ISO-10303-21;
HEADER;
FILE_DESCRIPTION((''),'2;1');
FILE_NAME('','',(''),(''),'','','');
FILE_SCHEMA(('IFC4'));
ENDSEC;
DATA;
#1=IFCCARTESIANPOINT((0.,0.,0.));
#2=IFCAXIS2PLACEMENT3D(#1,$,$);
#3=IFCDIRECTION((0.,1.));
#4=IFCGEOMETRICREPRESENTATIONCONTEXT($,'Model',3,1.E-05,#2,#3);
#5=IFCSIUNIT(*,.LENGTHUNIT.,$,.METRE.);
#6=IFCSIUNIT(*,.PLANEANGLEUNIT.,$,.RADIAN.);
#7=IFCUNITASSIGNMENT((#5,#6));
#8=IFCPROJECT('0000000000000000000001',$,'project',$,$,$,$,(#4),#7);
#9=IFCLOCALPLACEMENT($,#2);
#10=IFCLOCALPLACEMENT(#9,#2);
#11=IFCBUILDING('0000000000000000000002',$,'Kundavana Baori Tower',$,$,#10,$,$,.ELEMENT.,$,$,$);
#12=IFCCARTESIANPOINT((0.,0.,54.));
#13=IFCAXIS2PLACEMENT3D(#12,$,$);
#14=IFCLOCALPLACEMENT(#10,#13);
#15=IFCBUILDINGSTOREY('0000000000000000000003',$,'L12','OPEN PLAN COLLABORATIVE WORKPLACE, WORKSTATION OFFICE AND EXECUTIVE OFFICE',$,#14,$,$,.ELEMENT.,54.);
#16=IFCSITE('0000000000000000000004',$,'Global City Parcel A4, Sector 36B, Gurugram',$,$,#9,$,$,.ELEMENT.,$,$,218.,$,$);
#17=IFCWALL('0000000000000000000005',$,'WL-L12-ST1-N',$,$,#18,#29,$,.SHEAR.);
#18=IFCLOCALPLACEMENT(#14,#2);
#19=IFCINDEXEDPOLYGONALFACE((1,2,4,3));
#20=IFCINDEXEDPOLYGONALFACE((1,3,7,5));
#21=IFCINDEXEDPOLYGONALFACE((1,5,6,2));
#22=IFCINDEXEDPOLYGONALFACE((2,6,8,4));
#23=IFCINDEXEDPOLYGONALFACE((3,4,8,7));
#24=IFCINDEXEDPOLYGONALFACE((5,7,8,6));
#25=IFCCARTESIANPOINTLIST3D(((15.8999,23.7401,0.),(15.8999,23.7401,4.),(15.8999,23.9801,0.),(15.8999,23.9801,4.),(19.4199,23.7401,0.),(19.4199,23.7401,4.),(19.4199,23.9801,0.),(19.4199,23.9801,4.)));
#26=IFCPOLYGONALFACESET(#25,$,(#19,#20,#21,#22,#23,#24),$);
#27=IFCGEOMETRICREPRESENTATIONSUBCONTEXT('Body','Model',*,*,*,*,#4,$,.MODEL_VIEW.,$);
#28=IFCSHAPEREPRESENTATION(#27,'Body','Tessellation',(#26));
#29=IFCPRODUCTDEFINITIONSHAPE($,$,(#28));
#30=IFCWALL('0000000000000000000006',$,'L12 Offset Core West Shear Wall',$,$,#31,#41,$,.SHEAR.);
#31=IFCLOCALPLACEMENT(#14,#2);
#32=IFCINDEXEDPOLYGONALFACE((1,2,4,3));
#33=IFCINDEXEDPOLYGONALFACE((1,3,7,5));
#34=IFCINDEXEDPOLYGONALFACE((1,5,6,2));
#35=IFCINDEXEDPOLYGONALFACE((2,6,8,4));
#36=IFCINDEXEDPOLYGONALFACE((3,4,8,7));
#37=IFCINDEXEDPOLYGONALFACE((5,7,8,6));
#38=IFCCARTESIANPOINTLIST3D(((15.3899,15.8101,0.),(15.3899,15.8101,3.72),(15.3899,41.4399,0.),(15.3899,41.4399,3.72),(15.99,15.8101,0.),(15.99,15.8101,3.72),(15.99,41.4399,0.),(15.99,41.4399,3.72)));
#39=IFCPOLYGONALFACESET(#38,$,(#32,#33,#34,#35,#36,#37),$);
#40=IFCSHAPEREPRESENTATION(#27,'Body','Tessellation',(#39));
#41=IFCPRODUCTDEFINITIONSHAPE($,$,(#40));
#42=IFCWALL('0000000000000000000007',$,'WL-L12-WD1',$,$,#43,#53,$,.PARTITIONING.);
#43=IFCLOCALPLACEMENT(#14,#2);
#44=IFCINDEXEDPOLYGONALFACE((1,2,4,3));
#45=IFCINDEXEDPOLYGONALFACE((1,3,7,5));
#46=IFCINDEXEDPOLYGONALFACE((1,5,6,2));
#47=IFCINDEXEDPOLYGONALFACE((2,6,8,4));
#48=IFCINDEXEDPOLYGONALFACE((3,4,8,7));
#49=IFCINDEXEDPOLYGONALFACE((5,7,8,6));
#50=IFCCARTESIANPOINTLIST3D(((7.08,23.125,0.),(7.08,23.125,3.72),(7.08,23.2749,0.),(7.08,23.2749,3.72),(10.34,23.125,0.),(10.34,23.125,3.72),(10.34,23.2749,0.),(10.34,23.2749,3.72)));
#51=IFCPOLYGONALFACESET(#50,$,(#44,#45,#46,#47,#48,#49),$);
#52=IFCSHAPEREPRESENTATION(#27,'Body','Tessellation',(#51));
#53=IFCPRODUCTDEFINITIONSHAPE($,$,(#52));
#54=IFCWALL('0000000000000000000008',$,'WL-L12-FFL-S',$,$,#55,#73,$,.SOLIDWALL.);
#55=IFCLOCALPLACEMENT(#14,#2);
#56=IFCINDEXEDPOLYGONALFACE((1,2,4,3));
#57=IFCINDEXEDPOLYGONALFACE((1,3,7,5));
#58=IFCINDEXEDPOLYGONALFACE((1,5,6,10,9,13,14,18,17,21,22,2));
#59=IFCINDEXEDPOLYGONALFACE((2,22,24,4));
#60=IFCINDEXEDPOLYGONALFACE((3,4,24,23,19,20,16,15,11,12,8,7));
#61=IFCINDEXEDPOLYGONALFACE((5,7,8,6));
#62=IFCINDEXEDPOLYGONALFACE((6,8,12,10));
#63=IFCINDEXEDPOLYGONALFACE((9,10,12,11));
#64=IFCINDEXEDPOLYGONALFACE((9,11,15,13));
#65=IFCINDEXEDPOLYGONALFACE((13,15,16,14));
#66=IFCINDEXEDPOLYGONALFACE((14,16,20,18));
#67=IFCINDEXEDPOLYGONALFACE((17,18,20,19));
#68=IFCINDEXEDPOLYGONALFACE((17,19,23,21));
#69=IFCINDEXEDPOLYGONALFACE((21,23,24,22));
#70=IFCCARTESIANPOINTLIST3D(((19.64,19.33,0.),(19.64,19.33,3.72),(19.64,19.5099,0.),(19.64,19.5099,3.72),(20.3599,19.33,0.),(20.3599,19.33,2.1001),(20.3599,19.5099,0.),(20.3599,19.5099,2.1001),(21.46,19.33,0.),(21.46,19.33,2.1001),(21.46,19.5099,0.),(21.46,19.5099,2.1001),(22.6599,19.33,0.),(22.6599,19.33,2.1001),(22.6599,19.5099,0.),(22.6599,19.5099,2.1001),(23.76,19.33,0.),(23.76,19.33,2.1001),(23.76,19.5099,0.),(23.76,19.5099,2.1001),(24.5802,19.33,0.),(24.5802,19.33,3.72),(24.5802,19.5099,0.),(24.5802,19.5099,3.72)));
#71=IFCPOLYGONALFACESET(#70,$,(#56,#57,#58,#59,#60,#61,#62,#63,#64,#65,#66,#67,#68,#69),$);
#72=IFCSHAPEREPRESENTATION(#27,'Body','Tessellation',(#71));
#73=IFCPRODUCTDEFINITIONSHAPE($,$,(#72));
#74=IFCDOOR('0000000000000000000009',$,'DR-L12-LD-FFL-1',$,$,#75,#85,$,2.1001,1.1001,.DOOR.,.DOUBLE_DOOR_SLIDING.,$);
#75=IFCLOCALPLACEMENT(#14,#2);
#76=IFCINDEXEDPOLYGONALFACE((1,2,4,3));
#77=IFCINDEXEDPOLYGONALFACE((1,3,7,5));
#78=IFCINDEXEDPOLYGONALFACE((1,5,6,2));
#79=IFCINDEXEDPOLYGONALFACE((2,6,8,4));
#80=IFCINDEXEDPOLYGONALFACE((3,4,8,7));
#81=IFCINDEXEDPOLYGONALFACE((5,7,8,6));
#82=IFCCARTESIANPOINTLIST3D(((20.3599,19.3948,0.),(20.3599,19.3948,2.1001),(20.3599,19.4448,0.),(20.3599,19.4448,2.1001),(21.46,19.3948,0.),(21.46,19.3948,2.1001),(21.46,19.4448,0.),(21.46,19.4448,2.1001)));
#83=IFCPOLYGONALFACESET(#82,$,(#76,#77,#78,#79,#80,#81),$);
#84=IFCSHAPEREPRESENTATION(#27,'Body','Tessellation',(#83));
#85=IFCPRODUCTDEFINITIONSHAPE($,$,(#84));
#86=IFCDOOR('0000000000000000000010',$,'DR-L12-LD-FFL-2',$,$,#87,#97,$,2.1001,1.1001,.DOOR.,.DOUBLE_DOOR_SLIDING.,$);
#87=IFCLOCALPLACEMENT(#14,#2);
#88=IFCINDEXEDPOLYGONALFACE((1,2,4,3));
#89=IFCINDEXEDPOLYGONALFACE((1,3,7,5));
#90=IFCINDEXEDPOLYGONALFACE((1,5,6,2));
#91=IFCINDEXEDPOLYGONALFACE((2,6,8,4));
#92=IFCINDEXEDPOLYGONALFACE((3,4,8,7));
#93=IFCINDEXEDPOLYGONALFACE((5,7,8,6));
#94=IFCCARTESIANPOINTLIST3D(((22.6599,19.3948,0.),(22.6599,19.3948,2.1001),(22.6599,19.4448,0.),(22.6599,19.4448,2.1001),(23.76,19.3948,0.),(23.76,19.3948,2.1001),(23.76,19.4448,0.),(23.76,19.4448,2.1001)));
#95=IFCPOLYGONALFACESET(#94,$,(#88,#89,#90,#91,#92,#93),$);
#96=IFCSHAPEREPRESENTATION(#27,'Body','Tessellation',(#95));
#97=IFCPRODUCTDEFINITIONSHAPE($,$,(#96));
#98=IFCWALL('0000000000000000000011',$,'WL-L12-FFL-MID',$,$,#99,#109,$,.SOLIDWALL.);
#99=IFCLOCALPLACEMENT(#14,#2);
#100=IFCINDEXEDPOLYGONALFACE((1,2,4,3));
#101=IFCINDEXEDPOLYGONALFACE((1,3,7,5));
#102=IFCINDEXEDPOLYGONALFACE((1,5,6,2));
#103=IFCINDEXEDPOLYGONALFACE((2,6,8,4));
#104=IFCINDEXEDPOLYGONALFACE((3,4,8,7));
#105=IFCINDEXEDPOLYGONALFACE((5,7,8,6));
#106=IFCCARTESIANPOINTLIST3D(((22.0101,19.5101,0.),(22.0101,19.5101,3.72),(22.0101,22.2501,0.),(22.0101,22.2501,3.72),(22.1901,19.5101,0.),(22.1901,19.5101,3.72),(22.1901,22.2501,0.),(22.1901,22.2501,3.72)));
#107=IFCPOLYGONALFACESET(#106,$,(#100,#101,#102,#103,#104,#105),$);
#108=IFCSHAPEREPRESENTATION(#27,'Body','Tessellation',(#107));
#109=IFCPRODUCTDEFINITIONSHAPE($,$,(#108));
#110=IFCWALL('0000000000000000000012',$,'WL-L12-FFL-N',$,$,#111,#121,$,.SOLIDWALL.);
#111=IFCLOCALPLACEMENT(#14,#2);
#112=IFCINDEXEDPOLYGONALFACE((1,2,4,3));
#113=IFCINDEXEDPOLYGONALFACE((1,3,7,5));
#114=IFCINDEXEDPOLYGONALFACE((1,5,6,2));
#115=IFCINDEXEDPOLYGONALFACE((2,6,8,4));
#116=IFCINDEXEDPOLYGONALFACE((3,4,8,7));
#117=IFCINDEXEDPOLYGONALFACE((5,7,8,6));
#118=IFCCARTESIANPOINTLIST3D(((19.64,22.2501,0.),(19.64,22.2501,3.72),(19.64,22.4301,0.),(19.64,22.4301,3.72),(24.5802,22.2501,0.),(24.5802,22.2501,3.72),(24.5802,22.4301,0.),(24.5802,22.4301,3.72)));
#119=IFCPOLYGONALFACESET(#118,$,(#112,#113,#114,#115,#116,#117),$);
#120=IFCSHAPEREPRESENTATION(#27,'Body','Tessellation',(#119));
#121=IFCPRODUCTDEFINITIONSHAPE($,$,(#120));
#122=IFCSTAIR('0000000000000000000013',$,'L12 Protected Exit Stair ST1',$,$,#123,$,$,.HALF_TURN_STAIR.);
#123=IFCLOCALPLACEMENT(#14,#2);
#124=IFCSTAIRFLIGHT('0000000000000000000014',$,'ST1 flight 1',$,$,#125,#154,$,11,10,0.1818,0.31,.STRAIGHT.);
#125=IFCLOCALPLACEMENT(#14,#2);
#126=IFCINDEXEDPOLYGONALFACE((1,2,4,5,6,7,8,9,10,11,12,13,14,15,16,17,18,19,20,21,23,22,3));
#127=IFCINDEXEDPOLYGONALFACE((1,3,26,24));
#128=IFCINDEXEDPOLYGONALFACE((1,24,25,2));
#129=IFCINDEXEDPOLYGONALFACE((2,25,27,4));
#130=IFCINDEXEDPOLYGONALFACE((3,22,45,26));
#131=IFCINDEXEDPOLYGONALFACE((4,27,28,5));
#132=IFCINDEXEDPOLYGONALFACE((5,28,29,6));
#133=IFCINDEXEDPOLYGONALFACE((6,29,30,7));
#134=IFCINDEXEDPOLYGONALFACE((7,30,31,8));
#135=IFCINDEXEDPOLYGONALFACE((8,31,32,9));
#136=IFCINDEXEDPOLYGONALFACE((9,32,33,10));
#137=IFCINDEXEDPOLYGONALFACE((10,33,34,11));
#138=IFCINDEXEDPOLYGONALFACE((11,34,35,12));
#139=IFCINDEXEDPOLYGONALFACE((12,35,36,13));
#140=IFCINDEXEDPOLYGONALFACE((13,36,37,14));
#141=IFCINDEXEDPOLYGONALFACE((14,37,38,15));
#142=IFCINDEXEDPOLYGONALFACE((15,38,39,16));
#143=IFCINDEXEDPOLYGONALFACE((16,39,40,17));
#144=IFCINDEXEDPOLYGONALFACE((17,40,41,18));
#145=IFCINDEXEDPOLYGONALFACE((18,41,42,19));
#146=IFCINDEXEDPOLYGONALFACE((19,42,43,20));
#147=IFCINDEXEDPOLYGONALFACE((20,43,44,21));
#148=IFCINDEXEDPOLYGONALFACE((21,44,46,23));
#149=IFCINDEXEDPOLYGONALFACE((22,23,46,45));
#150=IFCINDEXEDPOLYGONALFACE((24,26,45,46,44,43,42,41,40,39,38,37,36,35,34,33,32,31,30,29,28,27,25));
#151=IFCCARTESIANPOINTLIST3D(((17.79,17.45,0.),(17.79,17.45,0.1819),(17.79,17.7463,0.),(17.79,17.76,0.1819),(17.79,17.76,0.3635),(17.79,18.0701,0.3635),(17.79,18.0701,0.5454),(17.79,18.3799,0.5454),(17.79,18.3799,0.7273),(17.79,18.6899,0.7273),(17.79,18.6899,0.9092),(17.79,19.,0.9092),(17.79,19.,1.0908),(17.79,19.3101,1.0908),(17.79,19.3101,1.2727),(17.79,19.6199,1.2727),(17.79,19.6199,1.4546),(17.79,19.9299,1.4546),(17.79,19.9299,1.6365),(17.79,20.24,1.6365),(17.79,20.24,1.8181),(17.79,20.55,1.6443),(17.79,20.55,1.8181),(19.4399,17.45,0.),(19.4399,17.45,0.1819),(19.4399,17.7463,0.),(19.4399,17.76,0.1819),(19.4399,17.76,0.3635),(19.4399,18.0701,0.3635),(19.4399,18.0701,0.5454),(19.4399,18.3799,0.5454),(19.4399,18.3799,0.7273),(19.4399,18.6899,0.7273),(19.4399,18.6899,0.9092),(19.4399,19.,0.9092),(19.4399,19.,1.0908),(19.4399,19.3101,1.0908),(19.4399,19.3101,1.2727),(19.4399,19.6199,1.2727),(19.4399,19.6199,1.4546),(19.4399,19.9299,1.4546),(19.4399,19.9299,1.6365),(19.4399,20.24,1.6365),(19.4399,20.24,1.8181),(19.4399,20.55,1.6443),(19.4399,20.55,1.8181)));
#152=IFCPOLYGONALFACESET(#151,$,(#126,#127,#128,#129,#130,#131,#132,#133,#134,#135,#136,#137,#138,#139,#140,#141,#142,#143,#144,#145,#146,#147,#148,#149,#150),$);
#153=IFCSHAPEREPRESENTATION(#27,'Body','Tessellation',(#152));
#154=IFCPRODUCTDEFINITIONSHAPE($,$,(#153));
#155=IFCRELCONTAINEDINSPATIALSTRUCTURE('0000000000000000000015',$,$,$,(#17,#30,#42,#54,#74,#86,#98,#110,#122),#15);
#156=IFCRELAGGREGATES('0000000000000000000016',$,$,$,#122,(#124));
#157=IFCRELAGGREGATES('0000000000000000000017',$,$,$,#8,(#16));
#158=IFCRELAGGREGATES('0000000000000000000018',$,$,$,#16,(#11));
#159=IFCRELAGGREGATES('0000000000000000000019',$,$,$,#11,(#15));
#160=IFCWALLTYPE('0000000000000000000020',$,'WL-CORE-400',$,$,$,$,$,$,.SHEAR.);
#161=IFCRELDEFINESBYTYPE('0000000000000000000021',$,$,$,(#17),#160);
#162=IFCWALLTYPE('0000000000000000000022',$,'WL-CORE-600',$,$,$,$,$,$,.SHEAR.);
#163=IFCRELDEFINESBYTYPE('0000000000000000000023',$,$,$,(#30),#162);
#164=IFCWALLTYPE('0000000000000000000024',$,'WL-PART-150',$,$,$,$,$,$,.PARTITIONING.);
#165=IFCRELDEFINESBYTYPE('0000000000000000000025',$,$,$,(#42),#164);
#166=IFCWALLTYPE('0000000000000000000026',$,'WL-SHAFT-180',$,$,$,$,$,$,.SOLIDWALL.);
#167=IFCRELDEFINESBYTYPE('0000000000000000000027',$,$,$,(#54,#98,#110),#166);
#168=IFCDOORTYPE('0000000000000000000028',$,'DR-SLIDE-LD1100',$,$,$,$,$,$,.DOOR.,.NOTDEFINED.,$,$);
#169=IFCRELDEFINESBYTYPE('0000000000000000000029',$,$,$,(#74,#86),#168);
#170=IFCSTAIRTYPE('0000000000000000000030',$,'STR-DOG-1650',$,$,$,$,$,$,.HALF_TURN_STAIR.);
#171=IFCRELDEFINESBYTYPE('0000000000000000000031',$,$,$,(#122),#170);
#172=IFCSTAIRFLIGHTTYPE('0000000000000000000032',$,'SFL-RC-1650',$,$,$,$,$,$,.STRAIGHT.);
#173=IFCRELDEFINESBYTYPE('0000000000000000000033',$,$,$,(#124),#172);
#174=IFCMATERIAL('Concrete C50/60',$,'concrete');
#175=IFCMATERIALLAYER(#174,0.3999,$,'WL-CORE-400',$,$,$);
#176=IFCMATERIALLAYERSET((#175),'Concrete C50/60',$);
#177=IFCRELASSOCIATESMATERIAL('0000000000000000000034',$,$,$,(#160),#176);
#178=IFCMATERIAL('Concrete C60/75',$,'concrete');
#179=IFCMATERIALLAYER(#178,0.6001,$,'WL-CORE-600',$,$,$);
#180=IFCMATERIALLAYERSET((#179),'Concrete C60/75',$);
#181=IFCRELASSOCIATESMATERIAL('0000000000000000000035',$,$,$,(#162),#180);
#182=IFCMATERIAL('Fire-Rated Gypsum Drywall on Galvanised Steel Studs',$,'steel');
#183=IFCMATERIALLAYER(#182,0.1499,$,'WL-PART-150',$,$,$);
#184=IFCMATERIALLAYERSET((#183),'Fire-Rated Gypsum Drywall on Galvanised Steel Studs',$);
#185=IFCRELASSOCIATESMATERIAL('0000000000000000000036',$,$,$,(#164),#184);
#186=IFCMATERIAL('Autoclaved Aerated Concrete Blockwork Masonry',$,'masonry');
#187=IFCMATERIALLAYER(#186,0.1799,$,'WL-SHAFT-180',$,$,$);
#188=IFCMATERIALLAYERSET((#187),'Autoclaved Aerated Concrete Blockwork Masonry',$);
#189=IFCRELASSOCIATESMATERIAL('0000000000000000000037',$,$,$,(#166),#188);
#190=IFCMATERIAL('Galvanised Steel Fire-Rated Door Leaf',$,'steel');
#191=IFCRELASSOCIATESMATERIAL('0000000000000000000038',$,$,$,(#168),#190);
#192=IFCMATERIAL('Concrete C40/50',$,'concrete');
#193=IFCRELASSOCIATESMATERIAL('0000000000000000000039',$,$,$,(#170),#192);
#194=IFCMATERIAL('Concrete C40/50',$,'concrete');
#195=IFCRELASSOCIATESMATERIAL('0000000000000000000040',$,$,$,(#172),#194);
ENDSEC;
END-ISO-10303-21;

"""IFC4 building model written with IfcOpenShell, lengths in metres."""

from ifc_helpers import new_model, si_unit, direction, frame, frame_2d, origin, place, context, subcontext, project, spatial, polyline, rectangle, outline, extrude, material, layer, layer_set, type_object, element, fill, aggregate, save


model = new_model("IFC4")

# Units and contexts
model_context = context("Model", 3, precision=1e-05, world=origin(), true_north=direction((0.0, 1.0)))
body_context = subcontext(model_context, "Body", "Model", "MODEL_VIEW")
ifc_project = project(units=[si_unit("LENGTHUNIT", "METRE"), si_unit("PLANEANGLEUNIT", "RADIAN")], contexts=[model_context])

# Site, building, storey
site_placement = place(None, origin())
site = spatial("IfcSite", under=ifc_project, at=site_placement, Name="Global City Parcel A4, Sector 36B, Gurugram", CompositionType="ELEMENT", RefElevation=218.0)
building_placement = place(site_placement, origin())
building = spatial("IfcBuilding", under=site, at=building_placement, Name="Kundavana Baori Tower", CompositionType="ELEMENT")
storey_placement = place(building_placement, frame((0.0, 0.0, 54.0)))
storey = spatial("IfcBuildingStorey", under=building, at=storey_placement, Name="L12", Description="OPEN PLAN COLLABORATIVE WORKPLACE, WORKSTATION OFFICE AND EXECUTIVE OFFICE", CompositionType="ELEMENT", Elevation=54.0)

# Walls
ifc_material_1 = material(Name="Concrete C50/60", Category="concrete")
ifc_layer_1 = layer(ifc_material_1, 0.3999, Name="WL-CORE-400")
ifc_layer_set_1 = layer_set([ifc_layer_1], Name="Concrete C50/60")
wall_type_1 = type_object("IfcWallType", Name="WL-CORE-400", PredefinedType="SHEAR", material=ifc_layer_set_1)
wall_1_placement = place(storey_placement, frame((15.8999, 23.8601, 0.0), z_axis=(0.0, 0.0, 1.0), x_axis=(1.0, 0.0, 0.0)))
element("IfcWall", 1, at=wall_1_placement, inside=storey, type_object=wall_type_1, Name="WL-L12-ST1-N", PredefinedType="SHEAR", context=body_context, shape_type="SweptSolid", body=[
    extrude(rectangle(XDim=3.52, YDim=0.24, at=frame_2d((1.76, 0.0))), origin(), (0.0, 0.0, 1.0), 4.0),
])
ifc_material_2 = material(Name="Concrete C60/75", Category="concrete")
ifc_layer_2 = layer(ifc_material_2, 0.6001, Name="WL-CORE-600")
ifc_layer_set_2 = layer_set([ifc_layer_2], Name="Concrete C60/75")
wall_type_2 = type_object("IfcWallType", Name="WL-CORE-600", PredefinedType="SHEAR", material=ifc_layer_set_2)
wall_2_placement = place(storey_placement, frame((15.6899, 15.8101, 0.0), z_axis=(0.0, 0.0, 1.0), x_axis=(0.0, 1.0, 0.0)))
element("IfcWall", 2, at=wall_2_placement, inside=storey, type_object=wall_type_2, Name="L12 Offset Core West Shear Wall", PredefinedType="SHEAR", context=body_context, shape_type="SweptSolid", body=[
    extrude(rectangle(XDim=25.6299, YDim=0.6001, at=frame_2d((12.8149, 0.0))), origin(), (0.0, 0.0, 1.0), 3.72),
])

# Wall
ifc_material_3 = material(Name="Fire-Rated Gypsum Drywall on Galvanised Steel Studs", Category="steel")
ifc_layer_3 = layer(ifc_material_3, 0.1499, Name="WL-PART-150")
ifc_layer_set_3 = layer_set([ifc_layer_3], Name="Fire-Rated Gypsum Drywall on Galvanised Steel Studs")
wall_type_3 = type_object("IfcWallType", Name="WL-PART-150", PredefinedType="PARTITIONING", material=ifc_layer_set_3)
wall_3_placement = place(storey_placement, frame((7.0801, 23.2, 0.0), z_axis=(0.0, 0.0, 1.0), x_axis=(1.0, 0.0, 0.0)))
element("IfcWall", 3, at=wall_3_placement, inside=storey, type_object=wall_type_3, Name="WL-L12-WD1", PredefinedType="PARTITIONING", context=body_context, shape_type="SweptSolid", body=[
    extrude(rectangle(XDim=3.26, YDim=0.1499, at=frame_2d((1.6299, 0.0))), origin(), (0.0, 0.0, 1.0), 3.72),
])

# Wall, openings, doors
ifc_material_4 = material(Name="Autoclaved Aerated Concrete Blockwork Masonry", Category="masonry")
ifc_layer_4 = layer(ifc_material_4, 0.1799, Name="WL-SHAFT-180")
ifc_layer_set_4 = layer_set([ifc_layer_4], Name="Autoclaved Aerated Concrete Blockwork Masonry")
wall_type_4 = type_object("IfcWallType", Name="WL-SHAFT-180", PredefinedType="SOLIDWALL", material=ifc_layer_set_4)
wall_4_placement = place(storey_placement, frame((19.6399, 19.4199, 0.0), z_axis=(0.0, 0.0, 1.0), x_axis=(1.0, 0.0, 0.0)))
wall_4 = element("IfcWall", 4, at=wall_4_placement, inside=storey, type_object=wall_type_4, Name="WL-L12-FFL-S", PredefinedType="SOLIDWALL", context=body_context, shape_type="SweptSolid", body=[
    extrude(rectangle(XDim=4.9402, YDim=0.1799, at=frame_2d((2.4702, 0.0))), origin(), (0.0, 0.0, 1.0), 3.72),
])
opening_1_placement = place(wall_4_placement, frame((0.72, 0.0, 0.0)))
opening_1 = element("IfcOpeningElement", 5, at=opening_1_placement, cuts=wall_4, PredefinedType="OPENING", context=body_context, shape_type="SweptSolid", body=[
    extrude(rectangle(XDim=1.1001, YDim=2.1001, at=frame_2d((0.55, 1.05))), frame((0.0, 0.1001, 0.0), z_axis=(0.0, -1.0, 0.0), x_axis=(1.0, 0.0, 0.0)), (0.0, 0.0, 1.0), 0.2),
])
opening_2_placement = place(wall_4_placement, frame((3.02, 0.0, 0.0)))
opening_2 = element("IfcOpeningElement", 6, at=opening_2_placement, cuts=wall_4, PredefinedType="OPENING", context=body_context, shape_type="SweptSolid", body=[
    extrude(rectangle(XDim=1.1001, YDim=2.1001, at=frame_2d((0.55, 1.05))), frame((0.0, 0.1001, 0.0), z_axis=(0.0, -1.0, 0.0), x_axis=(1.0, 0.0, 0.0)), (0.0, 0.0, 1.0), 0.2),
])
ifc_material_5 = material(Name="Galvanised Steel Fire-Rated Door Leaf", Category="steel")
door_type_1 = type_object("IfcDoorType", Name="DR-SLIDE-LD1100", OperationType="NOTDEFINED", PredefinedType="DOOR", material=ifc_material_5)
door_1_placement = place(opening_1_placement, origin())
door_1 = element("IfcDoor", 7, at=door_1_placement, inside=storey, type_object=door_type_1, Name="DR-L12-LD-FFL-1", OperationType="DOUBLE_DOOR_SLIDING", OverallHeight=2.1001, OverallWidth=1.1001, PredefinedType="DOOR", context=body_context, shape_type="SweptSolid", body=[
    extrude(rectangle(XDim=1.1001, YDim=2.1001, at=frame_2d((0.55, 1.05))), frame((0.0, 0.0249, 0.0), z_axis=(0.0, -1.0, 0.0), x_axis=(1.0, 0.0, 0.0)), (0.0, 0.0, 1.0), 0.05),
])
fill(opening_1, door_1)
door_2_placement = place(opening_2_placement, origin())
door_2 = element("IfcDoor", 8, at=door_2_placement, inside=storey, type_object=door_type_1, Name="DR-L12-LD-FFL-2", OperationType="DOUBLE_DOOR_SLIDING", OverallHeight=2.1001, OverallWidth=1.1001, PredefinedType="DOOR", context=body_context, shape_type="SweptSolid", body=[
    extrude(rectangle(XDim=1.1001, YDim=2.1001, at=frame_2d((0.55, 1.05))), frame((0.0, 0.0249, 0.0), z_axis=(0.0, -1.0, 0.0), x_axis=(1.0, 0.0, 0.0)), (0.0, 0.0, 1.0), 0.05),
])
fill(opening_2, door_2)

# Walls
wall_5_placement = place(storey_placement, frame((22.1001, 19.51, 0.0), z_axis=(0.0, 0.0, 1.0), x_axis=(0.0, 1.0, 0.0)))
element("IfcWall", 9, at=wall_5_placement, inside=storey, type_object=wall_type_4, Name="WL-L12-FFL-MID", PredefinedType="SOLIDWALL", context=body_context, shape_type="SweptSolid", body=[
    extrude(rectangle(XDim=2.74, YDim=0.1799, at=frame_2d((1.3701, 0.0))), origin(), (0.0, 0.0, 1.0), 3.72),
])
wall_6_placement = place(storey_placement, frame((19.6399, 22.3401, 0.0), z_axis=(0.0, 0.0, 1.0), x_axis=(1.0, 0.0, 0.0)))
element("IfcWall", 10, at=wall_6_placement, inside=storey, type_object=wall_type_4, Name="WL-L12-FFL-N", PredefinedType="SOLIDWALL", context=body_context, shape_type="SweptSolid", body=[
    extrude(rectangle(XDim=4.9402, YDim=0.1799, at=frame_2d((2.4702, 0.0))), origin(), (0.0, 0.0, 1.0), 3.72),
])

# Stair, stair flight
ifc_material_6 = material(Name="Concrete C40/50", Category="concrete")
stair_type = type_object("IfcStairType", Name="STR-DOG-1650", PredefinedType="HALF_TURN_STAIR", material=ifc_material_6)
stair_placement = place(storey_placement, origin())
stair = element("IfcStair", 11, at=stair_placement, inside=storey, type_object=stair_type, Name="L12 Protected Exit Stair ST1", PredefinedType="HALF_TURN_STAIR")
ifc_material_7 = material(Name="Concrete C40/50", Category="concrete")
stair_flight_type = type_object("IfcStairFlightType", Name="SFL-RC-1650", PredefinedType="STRAIGHT", material=ifc_material_7)
stair_flight_1_placement = place(storey_placement, frame((18.615, 17.45, 0.0), z_axis=(0.0, 0.0, 1.0), x_axis=(0.0, 1.0, 0.0)))
stair_flight_1 = element("IfcStairFlight", 12, at=stair_flight_1_placement, type_object=stair_flight_type, Name="ST1 flight 1", NumberOfRisers=11, NumberOfTreads=10, PredefinedType="STRAIGHT", RiserHeight=0.1818, TreadLength=0.31, context=body_context, shape_type="SweptSolid", body=[
    extrude(outline(polyline([(0.0, 0.0), (0.0, 0.1819), (0.3101, 0.1819), (0.3101, 0.3635), (0.6201, 0.3635), (0.6201, 0.5454), (0.9299, 0.5454), (0.9299, 0.7273), (1.24, 0.7273), (1.24, 0.9092), (1.55, 0.9092), (1.55, 1.0908), (1.8601, 1.0908), (1.8601, 1.2727), (2.1699, 1.2727), (2.1699, 1.4546), (2.48, 1.4546), (2.48, 1.6365), (2.79, 1.6365), (2.79, 1.8181), (3.1001, 1.8181), (3.1001, 2.0), (3.1001, 1.6443), (0.2964, 0.0), (0.0, 0.0)])), frame((0.0, 0.825, 0.0), z_axis=(0.0, -1.0, 0.0), x_axis=(1.0, 0.0, 0.0)), (0.0, 0.0, 1.0), 1.6499),
])
aggregate(stair, [stair_flight_1])

save(model, "model.ifc")
